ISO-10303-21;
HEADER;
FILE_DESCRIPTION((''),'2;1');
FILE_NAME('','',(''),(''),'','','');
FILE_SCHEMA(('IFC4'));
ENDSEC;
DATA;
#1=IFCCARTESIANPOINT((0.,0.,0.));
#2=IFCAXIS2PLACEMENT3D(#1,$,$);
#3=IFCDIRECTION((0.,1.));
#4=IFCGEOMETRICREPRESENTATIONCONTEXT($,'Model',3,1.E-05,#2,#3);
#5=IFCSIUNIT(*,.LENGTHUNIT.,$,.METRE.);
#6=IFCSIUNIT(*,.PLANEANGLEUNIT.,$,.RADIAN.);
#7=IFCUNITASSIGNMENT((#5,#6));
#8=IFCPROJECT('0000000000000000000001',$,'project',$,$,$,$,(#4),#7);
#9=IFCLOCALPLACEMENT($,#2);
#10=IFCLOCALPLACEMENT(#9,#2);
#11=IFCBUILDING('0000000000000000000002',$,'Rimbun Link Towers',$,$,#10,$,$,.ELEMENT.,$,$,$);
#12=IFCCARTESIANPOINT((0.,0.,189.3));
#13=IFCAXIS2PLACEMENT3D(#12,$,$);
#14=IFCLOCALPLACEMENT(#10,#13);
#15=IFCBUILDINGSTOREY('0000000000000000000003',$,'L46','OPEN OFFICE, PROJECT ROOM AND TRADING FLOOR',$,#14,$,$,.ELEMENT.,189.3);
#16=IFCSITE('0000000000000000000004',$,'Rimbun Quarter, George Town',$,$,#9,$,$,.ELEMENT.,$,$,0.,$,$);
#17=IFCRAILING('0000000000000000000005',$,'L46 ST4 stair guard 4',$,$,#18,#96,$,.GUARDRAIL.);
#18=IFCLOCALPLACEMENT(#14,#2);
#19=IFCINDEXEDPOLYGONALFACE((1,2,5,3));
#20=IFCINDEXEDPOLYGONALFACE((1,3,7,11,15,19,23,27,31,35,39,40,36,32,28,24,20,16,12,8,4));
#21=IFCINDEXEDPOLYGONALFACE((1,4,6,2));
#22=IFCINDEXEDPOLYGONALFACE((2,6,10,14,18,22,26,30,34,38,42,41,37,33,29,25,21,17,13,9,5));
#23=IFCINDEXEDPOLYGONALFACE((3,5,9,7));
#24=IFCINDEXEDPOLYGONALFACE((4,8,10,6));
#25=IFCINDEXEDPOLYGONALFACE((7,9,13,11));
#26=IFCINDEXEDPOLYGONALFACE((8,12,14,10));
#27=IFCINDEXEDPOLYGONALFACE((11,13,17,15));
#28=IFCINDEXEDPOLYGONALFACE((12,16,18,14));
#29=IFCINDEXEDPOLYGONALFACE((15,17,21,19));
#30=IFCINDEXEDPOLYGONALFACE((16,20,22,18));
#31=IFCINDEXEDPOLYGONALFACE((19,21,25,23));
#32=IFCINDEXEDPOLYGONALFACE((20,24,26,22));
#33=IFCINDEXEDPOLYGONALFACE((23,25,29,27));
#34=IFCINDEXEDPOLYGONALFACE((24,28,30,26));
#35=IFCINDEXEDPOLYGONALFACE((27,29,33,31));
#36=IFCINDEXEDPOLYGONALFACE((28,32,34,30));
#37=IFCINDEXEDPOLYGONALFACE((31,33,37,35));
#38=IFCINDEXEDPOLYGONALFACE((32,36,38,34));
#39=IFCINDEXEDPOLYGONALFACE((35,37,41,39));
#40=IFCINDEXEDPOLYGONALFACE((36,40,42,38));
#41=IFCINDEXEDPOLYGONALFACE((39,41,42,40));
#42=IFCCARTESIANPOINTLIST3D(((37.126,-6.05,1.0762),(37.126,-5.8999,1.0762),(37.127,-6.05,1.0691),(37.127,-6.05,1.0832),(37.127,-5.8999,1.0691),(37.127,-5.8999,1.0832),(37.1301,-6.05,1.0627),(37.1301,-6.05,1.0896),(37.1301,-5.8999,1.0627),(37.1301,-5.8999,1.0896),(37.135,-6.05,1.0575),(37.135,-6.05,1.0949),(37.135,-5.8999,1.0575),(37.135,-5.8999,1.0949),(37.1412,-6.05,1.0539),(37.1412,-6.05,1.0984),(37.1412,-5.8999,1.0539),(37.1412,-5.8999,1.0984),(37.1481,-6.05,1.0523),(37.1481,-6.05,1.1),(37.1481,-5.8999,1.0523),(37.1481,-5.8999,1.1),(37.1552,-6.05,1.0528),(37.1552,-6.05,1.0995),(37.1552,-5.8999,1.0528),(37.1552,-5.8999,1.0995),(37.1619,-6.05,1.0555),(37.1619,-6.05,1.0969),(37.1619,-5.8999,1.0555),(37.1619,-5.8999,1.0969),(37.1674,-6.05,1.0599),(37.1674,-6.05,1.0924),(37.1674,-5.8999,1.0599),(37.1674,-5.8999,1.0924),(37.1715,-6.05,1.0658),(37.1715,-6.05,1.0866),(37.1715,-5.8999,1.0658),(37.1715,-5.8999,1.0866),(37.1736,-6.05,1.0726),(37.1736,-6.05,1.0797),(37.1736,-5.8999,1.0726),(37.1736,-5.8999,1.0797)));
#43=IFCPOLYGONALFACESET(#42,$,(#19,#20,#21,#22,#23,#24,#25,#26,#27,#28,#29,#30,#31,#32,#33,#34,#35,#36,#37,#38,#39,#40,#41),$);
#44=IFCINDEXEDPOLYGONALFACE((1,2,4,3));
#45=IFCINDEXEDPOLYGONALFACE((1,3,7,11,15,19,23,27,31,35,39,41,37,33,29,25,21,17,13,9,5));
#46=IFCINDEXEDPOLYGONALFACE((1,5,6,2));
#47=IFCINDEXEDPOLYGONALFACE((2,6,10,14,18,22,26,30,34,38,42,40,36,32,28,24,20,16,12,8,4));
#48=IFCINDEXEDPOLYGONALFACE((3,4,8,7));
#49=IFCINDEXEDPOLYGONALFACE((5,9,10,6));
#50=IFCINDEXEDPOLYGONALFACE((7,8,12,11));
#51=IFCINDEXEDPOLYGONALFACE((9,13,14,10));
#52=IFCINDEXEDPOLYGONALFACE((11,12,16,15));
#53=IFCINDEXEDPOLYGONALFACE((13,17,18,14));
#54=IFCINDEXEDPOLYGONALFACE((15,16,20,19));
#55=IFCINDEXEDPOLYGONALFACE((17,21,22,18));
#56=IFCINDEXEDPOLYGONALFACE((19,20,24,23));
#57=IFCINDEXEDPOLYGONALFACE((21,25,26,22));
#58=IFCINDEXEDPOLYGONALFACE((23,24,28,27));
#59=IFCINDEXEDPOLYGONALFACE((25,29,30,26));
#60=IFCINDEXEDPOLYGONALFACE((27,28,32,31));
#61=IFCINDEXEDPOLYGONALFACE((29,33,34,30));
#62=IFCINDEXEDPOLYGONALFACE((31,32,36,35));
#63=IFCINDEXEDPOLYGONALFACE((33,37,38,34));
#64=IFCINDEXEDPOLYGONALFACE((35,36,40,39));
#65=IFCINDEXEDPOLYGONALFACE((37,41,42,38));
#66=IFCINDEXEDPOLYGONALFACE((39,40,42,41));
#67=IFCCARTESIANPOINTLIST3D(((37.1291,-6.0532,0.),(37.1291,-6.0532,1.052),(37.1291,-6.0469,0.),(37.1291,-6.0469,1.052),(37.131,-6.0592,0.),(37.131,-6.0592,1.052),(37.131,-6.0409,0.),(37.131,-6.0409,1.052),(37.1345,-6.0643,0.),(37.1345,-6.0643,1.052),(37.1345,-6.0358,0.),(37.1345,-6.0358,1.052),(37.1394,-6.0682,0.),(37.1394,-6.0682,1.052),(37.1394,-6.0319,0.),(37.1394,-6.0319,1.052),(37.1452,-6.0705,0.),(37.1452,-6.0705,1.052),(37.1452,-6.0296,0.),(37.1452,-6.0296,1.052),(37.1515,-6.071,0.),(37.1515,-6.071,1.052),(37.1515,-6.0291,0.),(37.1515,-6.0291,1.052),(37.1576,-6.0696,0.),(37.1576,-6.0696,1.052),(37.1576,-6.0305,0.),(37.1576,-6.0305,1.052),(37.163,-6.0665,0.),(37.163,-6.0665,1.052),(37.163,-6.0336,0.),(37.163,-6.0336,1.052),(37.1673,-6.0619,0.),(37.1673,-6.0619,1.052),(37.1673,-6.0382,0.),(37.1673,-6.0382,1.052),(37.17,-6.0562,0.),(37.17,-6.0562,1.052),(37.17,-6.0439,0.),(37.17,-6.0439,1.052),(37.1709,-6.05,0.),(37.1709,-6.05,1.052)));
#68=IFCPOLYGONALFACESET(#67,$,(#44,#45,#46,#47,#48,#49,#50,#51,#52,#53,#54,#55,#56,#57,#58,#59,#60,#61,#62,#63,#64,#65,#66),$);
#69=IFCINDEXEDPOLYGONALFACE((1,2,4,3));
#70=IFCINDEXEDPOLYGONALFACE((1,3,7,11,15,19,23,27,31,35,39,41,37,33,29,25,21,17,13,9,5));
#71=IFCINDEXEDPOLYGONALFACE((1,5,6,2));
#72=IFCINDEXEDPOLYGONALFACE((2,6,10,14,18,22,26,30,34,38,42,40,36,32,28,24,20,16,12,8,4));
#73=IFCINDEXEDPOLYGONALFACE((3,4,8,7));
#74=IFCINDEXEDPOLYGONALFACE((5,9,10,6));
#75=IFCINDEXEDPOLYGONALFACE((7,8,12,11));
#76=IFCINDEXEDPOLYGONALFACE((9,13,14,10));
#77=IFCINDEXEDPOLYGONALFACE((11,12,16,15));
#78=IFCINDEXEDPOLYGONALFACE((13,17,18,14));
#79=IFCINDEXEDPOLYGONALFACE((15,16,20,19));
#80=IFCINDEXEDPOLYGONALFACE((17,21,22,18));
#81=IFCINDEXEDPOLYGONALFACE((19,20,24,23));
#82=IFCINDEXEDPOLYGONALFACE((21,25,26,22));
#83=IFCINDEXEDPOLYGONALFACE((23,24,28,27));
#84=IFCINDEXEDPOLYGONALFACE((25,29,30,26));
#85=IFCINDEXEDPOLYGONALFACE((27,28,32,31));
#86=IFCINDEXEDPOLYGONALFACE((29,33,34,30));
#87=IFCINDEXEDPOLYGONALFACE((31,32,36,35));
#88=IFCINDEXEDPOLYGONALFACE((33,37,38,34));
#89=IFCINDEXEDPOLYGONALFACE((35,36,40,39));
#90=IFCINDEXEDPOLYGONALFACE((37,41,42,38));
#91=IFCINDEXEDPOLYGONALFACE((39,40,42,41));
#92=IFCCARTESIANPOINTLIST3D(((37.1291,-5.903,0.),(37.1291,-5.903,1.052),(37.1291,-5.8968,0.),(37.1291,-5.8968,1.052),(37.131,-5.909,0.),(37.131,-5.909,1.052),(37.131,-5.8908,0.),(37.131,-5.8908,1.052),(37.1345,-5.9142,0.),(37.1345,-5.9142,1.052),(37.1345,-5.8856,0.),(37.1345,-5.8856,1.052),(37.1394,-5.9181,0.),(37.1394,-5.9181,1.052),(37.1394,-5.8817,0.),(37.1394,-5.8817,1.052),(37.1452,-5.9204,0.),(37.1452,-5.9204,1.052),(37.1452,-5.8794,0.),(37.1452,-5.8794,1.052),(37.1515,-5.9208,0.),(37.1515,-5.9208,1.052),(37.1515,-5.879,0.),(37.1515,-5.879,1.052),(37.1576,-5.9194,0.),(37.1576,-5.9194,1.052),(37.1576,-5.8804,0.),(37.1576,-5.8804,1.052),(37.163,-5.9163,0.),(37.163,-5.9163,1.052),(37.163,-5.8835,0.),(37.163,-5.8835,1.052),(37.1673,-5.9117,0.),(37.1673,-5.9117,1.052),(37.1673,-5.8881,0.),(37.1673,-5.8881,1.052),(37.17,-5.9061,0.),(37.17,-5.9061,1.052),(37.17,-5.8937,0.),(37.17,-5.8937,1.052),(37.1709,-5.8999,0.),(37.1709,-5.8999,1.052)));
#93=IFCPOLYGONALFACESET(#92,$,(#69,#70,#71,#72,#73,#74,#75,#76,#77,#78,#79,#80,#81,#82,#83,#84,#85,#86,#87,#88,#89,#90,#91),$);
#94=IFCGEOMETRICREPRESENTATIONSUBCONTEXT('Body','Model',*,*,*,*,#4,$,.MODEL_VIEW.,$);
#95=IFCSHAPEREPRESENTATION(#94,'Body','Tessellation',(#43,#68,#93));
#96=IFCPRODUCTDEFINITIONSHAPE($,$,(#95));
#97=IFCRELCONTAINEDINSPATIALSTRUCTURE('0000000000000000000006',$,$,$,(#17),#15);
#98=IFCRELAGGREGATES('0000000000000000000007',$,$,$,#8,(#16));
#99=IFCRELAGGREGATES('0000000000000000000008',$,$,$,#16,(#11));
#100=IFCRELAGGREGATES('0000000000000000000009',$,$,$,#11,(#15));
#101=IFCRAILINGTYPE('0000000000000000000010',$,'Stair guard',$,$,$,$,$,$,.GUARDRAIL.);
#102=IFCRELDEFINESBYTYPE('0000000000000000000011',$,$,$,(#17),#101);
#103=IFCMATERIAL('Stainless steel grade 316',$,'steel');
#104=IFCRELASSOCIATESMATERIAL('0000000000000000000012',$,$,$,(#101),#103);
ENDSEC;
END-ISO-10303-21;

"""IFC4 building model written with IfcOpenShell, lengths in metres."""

from ifc_helpers import new_model, si_unit, direction, frame, origin, origin_2d, place, context, subcontext, project, spatial, circle, extrude, material, type_object, element, save


model = new_model("IFC4")

# Units and contexts
model_context = context("Model", 3, precision=1e-05, world=origin(), true_north=direction((0.0, 1.0)))
body_context = subcontext(model_context, "Body", "Model", "MODEL_VIEW")
ifc_project = project(units=[si_unit("LENGTHUNIT", "METRE"), si_unit("PLANEANGLEUNIT", "RADIAN")], contexts=[model_context])

# Site, building, storey
site_placement = place(None, origin())
site = spatial("IfcSite", under=ifc_project, at=site_placement, Name="Rimbun Quarter, George Town", CompositionType="ELEMENT", RefElevation=0.0)
building_placement = place(site_placement, origin())
building = spatial("IfcBuilding", under=site, at=building_placement, Name="Rimbun Link Towers", CompositionType="ELEMENT")
storey_placement = place(building_placement, frame((0.0, 0.0, 189.3)))
storey = spatial("IfcBuildingStorey", under=building, at=storey_placement, Name="L46", Description="OPEN OFFICE, PROJECT ROOM AND TRADING FLOOR", CompositionType="ELEMENT", Elevation=189.3)

# Railing
ifc_material_1 = material(Name="Stainless steel grade 316", Category="steel")
railing_type_1 = type_object("IfcRailingType", Name="Stair guard", PredefinedType="GUARDRAIL", material=ifc_material_1)
railing_1_placement = place(storey_placement, frame((37.1499, -6.05, 0.0)))
element("IfcRailing", 1, at=railing_1_placement, inside=storey, type_object=railing_type_1, Name="L46 ST4 stair guard 4", PredefinedType="GUARDRAIL", context=body_context, shape_type="SweptSolid", body=[
    extrude(circle(Radius=0.0239, at=origin_2d()), frame((0.0, 0.0, 1.0762), z_axis=(0.0, 1.0, 0.0), x_axis=(-1.0, 0.0, 0.0)), (0.0, 0.0, 1.0), 0.1501),
    extrude(circle(Radius=0.021, at=origin_2d()), origin(), (0.0, 0.0, 1.0), 1.052),
    extrude(circle(Radius=0.021, at=origin_2d()), frame((0.0, 0.1501, 0.0)), (0.0, 0.0, 1.0), 1.052),
])

save(model, "model.ifc")
